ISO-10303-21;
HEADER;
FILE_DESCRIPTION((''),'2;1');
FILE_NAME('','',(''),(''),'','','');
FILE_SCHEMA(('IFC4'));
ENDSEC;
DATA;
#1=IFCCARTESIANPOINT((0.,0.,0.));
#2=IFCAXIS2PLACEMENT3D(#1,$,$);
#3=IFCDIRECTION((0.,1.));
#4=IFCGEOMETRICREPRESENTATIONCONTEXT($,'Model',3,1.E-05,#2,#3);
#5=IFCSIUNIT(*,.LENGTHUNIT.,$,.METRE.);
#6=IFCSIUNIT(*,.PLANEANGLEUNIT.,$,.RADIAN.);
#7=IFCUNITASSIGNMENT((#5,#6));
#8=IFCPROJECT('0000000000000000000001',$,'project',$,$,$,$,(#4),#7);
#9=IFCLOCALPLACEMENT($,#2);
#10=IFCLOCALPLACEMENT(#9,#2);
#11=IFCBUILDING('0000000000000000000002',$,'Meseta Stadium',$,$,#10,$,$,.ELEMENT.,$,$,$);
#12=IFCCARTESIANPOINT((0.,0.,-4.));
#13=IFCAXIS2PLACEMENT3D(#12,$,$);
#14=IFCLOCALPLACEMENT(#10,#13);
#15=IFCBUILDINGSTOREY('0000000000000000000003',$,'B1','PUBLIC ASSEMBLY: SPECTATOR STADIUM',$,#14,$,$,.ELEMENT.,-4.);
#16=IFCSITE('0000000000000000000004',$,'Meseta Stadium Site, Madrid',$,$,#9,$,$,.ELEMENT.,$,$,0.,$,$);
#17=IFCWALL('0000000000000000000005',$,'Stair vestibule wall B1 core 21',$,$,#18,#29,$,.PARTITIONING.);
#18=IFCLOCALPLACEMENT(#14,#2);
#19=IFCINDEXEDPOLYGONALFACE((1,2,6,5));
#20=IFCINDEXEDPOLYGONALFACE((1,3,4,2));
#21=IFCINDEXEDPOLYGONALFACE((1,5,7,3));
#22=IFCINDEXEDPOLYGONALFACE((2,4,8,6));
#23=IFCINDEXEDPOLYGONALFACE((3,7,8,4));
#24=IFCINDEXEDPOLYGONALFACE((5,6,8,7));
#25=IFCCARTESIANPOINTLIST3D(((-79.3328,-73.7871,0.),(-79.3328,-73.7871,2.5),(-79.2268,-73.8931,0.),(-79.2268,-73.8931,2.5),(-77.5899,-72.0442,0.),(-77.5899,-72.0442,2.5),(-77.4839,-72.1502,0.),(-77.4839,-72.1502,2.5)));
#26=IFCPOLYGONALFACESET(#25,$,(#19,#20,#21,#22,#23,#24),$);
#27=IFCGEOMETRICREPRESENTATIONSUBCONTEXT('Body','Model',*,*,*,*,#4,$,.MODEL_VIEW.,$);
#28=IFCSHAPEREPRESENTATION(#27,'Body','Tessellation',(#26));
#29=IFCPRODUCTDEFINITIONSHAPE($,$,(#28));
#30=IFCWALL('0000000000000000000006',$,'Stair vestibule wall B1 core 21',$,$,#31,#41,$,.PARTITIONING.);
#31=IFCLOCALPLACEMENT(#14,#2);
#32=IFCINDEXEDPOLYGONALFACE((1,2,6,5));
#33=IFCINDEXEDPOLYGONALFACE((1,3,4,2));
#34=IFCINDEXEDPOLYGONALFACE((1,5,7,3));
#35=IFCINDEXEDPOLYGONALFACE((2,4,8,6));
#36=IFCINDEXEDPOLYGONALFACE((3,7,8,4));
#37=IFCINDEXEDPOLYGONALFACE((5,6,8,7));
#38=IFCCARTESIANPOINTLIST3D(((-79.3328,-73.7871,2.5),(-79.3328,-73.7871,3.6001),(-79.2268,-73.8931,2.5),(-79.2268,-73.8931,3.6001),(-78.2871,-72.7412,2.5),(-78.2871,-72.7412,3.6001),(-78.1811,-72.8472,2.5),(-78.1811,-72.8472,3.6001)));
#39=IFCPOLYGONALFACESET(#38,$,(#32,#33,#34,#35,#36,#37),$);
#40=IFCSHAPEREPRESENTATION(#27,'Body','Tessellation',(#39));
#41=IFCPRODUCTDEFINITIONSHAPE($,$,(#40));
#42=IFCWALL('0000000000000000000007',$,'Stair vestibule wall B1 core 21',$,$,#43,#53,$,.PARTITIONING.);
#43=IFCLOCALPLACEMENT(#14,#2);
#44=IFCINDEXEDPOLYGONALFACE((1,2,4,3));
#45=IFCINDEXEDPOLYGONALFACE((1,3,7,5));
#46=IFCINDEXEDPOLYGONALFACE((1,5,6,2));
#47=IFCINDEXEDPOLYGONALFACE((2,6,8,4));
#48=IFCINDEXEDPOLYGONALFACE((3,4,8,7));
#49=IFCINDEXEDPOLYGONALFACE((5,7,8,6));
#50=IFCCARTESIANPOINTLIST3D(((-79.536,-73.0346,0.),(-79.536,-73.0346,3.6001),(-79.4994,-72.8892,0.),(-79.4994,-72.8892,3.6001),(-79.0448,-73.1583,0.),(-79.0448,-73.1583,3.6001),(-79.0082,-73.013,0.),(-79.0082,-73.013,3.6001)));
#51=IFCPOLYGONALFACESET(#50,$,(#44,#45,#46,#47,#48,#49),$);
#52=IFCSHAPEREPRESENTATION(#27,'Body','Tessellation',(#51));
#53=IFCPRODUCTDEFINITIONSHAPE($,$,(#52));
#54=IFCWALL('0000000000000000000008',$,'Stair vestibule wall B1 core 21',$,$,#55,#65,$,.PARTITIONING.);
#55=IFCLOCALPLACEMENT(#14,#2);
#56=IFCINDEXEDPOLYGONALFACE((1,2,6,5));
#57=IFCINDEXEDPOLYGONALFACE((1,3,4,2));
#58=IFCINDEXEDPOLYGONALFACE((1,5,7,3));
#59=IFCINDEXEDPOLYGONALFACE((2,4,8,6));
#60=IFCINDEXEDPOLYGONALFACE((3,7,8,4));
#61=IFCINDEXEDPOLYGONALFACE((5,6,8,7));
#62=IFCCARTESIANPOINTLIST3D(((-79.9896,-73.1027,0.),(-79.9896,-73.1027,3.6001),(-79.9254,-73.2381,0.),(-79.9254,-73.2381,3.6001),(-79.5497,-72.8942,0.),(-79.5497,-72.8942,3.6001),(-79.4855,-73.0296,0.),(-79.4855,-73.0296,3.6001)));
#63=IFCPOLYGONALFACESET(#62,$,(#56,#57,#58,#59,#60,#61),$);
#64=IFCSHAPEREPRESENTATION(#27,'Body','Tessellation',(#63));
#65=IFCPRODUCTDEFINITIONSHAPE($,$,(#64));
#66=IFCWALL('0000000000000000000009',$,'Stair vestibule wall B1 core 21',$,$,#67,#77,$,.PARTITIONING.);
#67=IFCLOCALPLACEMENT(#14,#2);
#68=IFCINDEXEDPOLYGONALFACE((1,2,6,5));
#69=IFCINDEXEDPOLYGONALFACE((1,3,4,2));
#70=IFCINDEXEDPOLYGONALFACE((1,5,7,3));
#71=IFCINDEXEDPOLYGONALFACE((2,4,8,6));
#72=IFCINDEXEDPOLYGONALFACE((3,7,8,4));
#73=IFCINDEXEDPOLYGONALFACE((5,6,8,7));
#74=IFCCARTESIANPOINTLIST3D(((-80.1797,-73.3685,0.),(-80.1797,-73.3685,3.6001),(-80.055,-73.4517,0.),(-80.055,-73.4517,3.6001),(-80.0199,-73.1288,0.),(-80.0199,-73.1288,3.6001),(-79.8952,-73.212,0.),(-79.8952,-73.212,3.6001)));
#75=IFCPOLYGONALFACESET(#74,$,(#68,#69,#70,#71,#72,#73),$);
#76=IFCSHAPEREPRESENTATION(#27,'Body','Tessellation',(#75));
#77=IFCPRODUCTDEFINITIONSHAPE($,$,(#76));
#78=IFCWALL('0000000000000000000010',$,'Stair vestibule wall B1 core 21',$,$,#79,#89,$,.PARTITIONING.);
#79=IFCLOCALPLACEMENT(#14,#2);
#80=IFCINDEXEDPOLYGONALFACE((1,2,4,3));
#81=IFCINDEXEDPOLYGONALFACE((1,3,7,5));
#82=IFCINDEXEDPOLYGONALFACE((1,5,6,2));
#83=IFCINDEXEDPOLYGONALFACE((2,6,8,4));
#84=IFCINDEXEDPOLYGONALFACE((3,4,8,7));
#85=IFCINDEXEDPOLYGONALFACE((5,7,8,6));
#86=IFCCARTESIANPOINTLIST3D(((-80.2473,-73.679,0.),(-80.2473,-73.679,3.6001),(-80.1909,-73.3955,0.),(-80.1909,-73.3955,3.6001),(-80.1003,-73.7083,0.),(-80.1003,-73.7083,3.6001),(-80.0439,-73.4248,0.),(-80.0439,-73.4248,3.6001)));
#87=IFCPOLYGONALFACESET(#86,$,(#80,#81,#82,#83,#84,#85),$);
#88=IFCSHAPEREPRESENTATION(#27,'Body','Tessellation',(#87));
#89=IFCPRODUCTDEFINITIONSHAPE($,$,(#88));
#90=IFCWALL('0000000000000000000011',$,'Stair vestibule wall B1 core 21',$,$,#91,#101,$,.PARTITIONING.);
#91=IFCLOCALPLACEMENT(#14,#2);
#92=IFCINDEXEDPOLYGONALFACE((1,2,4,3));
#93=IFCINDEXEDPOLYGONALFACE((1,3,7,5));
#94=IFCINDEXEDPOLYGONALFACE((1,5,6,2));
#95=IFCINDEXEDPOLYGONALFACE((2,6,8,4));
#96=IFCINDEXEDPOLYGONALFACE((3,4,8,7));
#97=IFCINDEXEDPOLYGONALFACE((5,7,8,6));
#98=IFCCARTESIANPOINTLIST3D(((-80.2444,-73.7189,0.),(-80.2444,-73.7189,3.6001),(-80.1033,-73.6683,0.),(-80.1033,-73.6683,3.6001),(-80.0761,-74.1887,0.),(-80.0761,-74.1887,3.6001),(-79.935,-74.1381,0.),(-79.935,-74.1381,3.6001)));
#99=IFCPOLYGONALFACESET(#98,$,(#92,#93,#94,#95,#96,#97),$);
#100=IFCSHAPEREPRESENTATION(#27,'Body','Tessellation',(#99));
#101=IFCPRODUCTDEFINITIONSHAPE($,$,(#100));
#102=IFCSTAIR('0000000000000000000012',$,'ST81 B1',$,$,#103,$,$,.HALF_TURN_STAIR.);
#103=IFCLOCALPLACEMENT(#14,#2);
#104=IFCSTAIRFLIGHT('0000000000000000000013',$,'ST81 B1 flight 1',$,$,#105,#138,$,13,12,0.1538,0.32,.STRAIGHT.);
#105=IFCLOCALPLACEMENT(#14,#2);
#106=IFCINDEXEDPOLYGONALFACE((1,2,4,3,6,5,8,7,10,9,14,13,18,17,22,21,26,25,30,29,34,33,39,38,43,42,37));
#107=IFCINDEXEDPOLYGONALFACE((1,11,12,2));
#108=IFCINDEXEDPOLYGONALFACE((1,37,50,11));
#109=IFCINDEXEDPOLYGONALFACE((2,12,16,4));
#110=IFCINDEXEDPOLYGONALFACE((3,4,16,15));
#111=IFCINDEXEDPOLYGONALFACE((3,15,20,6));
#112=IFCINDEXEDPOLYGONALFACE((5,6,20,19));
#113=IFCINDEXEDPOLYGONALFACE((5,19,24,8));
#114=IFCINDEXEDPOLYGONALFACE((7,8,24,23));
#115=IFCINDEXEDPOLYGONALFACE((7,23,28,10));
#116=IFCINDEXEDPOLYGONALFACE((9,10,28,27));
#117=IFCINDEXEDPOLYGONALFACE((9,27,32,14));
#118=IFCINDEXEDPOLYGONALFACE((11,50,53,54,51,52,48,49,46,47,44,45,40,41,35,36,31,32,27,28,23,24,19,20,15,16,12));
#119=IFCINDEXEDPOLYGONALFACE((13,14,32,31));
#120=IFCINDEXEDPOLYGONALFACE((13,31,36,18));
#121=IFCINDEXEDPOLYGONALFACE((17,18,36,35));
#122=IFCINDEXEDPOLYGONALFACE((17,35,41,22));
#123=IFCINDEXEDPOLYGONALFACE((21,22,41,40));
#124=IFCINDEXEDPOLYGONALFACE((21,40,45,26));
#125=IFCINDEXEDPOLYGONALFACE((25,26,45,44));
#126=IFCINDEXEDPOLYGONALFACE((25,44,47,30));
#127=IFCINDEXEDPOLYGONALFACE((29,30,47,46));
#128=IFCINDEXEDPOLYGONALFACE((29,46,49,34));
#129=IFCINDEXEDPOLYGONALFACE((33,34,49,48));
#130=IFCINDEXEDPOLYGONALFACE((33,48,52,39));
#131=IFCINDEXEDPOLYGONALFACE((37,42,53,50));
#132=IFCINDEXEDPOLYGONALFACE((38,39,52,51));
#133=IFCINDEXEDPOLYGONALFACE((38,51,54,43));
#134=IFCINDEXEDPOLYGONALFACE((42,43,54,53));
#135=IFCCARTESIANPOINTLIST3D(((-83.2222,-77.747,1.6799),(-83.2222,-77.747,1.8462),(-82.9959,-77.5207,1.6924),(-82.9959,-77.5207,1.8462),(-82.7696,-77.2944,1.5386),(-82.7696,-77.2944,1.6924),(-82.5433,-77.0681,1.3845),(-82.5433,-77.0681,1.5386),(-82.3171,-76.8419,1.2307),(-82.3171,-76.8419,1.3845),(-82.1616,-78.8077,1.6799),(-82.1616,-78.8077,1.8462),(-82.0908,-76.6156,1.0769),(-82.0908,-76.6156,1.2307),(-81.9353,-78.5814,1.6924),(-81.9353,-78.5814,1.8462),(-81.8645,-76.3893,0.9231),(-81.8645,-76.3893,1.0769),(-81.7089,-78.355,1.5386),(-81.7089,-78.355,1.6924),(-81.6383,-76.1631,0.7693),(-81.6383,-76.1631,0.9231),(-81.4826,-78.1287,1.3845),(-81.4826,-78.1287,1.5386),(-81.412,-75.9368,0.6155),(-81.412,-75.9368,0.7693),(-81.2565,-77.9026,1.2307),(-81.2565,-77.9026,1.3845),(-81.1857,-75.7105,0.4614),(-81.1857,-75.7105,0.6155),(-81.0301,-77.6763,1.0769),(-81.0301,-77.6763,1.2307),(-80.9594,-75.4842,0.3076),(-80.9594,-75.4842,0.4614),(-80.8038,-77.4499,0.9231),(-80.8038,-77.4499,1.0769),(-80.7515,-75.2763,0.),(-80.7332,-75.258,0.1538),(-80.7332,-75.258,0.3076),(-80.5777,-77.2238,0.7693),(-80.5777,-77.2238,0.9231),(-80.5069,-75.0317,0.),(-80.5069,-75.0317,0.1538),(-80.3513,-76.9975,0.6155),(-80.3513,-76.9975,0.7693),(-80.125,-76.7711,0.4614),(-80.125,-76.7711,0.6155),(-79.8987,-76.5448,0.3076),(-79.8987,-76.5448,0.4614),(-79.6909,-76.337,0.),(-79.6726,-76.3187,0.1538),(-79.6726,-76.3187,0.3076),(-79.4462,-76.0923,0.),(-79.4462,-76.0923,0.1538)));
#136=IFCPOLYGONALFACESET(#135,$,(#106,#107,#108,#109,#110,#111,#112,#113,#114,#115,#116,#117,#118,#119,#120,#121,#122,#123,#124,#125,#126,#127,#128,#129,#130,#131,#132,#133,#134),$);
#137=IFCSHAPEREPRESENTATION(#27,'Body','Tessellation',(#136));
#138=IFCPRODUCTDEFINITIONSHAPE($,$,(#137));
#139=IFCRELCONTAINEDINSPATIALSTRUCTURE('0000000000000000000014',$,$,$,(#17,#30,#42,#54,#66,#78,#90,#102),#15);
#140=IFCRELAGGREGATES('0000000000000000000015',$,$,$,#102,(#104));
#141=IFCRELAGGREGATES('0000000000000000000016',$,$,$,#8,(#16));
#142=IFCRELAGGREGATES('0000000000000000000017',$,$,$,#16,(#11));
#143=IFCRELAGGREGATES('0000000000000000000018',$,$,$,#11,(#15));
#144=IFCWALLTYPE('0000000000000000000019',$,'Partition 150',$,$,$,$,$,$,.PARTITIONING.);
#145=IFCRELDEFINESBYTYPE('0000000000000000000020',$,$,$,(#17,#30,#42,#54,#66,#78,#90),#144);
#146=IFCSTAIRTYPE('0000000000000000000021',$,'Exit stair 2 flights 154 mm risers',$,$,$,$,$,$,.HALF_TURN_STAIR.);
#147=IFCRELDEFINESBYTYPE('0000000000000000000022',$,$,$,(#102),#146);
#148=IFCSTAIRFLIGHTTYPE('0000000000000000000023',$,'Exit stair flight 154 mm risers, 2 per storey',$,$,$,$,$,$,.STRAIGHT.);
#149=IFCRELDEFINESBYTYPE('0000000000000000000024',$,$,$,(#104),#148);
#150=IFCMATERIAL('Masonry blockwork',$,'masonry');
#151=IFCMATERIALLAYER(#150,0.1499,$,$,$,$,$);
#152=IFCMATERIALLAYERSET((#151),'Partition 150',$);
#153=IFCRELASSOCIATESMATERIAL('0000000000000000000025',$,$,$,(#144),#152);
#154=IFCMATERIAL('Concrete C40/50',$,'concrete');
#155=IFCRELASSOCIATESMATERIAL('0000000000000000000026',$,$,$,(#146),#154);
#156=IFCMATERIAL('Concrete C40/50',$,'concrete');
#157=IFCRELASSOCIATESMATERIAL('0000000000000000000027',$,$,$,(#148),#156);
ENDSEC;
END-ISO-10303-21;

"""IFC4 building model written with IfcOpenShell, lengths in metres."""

from ifc_helpers import new_model, si_unit, direction, frame, frame_2d, origin, place, context, subcontext, project, spatial, polyline, rectangle, outline, extrude, material, layer, layer_set, type_object, element, aggregate, save


model = new_model("IFC4")

# Units and contexts
model_context = context("Model", 3, precision=1e-05, world=origin(), true_north=direction((0.0, 1.0)))
body_context = subcontext(model_context, "Body", "Model", "MODEL_VIEW")
ifc_project = project(units=[si_unit("LENGTHUNIT", "METRE"), si_unit("PLANEANGLEUNIT", "RADIAN")], contexts=[model_context])

# Site, building, storey
site_placement = place(None, origin())
site = spatial("IfcSite", under=ifc_project, at=site_placement, Name="Meseta Stadium Site, Madrid", CompositionType="ELEMENT", RefElevation=0.0)
building_placement = place(site_placement, origin())
building = spatial("IfcBuilding", under=site, at=building_placement, Name="Meseta Stadium", CompositionType="ELEMENT")
storey_placement = place(building_placement, frame((0.0, 0.0, -4.0)))
storey = spatial("IfcBuildingStorey", under=building, at=storey_placement, Name="B1", Description="PUBLIC ASSEMBLY: SPECTATOR STADIUM", CompositionType="ELEMENT", Elevation=-4.0)

# Walls
ifc_material_1 = material(Name="Masonry blockwork", Category="masonry")
ifc_layer_1 = layer(ifc_material_1, 0.1499)
ifc_layer_set_1 = layer_set([ifc_layer_1], Name="Partition 150")
wall_type_1 = type_object("IfcWallType", Name="Partition 150", PredefinedType="PARTITIONING", material=ifc_layer_set_1)
wall_1_placement = place(storey_placement, frame((-77.5369, -72.0972, 0.0), z_axis=(0.0, 0.0, 1.0), x_axis=(-0.707107, -0.707107, 0.0)))
element("IfcWall", 1, at=wall_1_placement, inside=storey, type_object=wall_type_1, Name="Stair vestibule wall B1 core 21", PredefinedType="PARTITIONING", context=body_context, shape_type="SweptSolid", body=[
    extrude(rectangle(XDim=2.4648, YDim=0.1499, at=frame_2d((1.2324, 0.0))), origin(), (0.0, 0.0, 1.0), 2.5),
])
wall_2_placement = place(storey_placement, frame((-78.2341, -72.7942, 2.5), z_axis=(0.0, 0.0, 1.0), x_axis=(-0.707024, -0.707189, 0.0)))
element("IfcWall", 2, at=wall_2_placement, inside=storey, type_object=wall_type_1, Name="Stair vestibule wall B1 core 21", PredefinedType="PARTITIONING", context=body_context, shape_type="SweptSolid", body=[
    extrude(rectangle(XDim=1.479, YDim=0.1499, at=frame_2d((0.7395, 0.0))), origin(), (0.0, 0.0, 1.0), 1.1001),
])
wall_3_placement = place(storey_placement, frame((-79.0264, -73.0857, 0.0), z_axis=(0.0, 0.0, 1.0), x_axis=(-0.969687, 0.24435, 0.0)))
element("IfcWall", 3, at=wall_3_placement, inside=storey, type_object=wall_type_1, Name="Stair vestibule wall B1 core 21", PredefinedType="PARTITIONING", context=body_context, shape_type="SweptSolid", body=[
    extrude(rectangle(XDim=0.5066, YDim=0.1499, at=frame_2d((0.2534, 0.0))), origin(), (0.0, 0.0, 1.0), 3.6001),
])
wall_4_placement = place(storey_placement, frame((-79.5176, -72.9619, 0.0), z_axis=(0.0, 0.0, 1.0), x_axis=(-0.903656, -0.428259, 0.0)))
element("IfcWall", 4, at=wall_4_placement, inside=storey, type_object=wall_type_1, Name="Stair vestibule wall B1 core 21", PredefinedType="PARTITIONING", context=body_context, shape_type="SweptSolid", body=[
    extrude(rectangle(XDim=0.4868, YDim=0.1499, at=frame_2d((0.2434, 0.0))), origin(), (0.0, 0.0, 1.0), 3.6001),
])
wall_5_placement = place(storey_placement, frame((-79.9575, -73.1704, 0.0), z_axis=(0.0, 0.0, 1.0), x_axis=(-0.554896, -0.83192, 0.0)))
element("IfcWall", 5, at=wall_5_placement, inside=storey, type_object=wall_type_1, Name="Stair vestibule wall B1 core 21", PredefinedType="PARTITIONING", context=body_context, shape_type="SweptSolid", body=[
    extrude(rectangle(XDim=0.2881, YDim=0.1499, at=frame_2d((0.144, 0.0))), origin(), (0.0, 0.0, 1.0), 3.6001),
])
wall_6_placement = place(storey_placement, frame((-80.1174, -73.4102, 0.0), z_axis=(0.0, 0.0, 1.0), x_axis=(-0.195141, -0.980775, 0.0)))
element("IfcWall", 6, at=wall_6_placement, inside=storey, type_object=wall_type_1, Name="Stair vestibule wall B1 core 21", PredefinedType="PARTITIONING", context=body_context, shape_type="SweptSolid", body=[
    extrude(rectangle(XDim=0.2891, YDim=0.1499, at=frame_2d((0.1445, 0.0))), origin(), (0.0, 0.0, 1.0), 3.6001),
])
wall_7_placement = place(storey_placement, frame((-80.1738, -73.6936, 0.0), z_axis=(0.0, 0.0, 1.0), x_axis=(0.337142, -0.941454, 0.0)))
element("IfcWall", 7, at=wall_7_placement, inside=storey, type_object=wall_type_1, Name="Stair vestibule wall B1 core 21", PredefinedType="PARTITIONING", context=body_context, shape_type="SweptSolid", body=[
    extrude(rectangle(XDim=0.499, YDim=0.1499, at=frame_2d((0.2495, 0.0))), origin(), (0.0, 0.0, 1.0), 3.6001),
])

# Stair, stair flight
ifc_material_2 = material(Name="Concrete C40/50", Category="concrete")
stair_type = type_object("IfcStairType", Name="Exit stair 2 flights 154 mm risers", PredefinedType="HALF_TURN_STAIR", material=ifc_material_2)
stair_placement = place(storey_placement, origin())
stair = element("IfcStair", 8, at=stair_placement, inside=storey, type_object=stair_type, Name="ST81 B1", PredefinedType="HALF_TURN_STAIR")
ifc_material_3 = material(Name="Concrete C40/50", Category="concrete")
stair_flight_type = type_object("IfcStairFlightType", Name="Exit stair flight 154 mm risers, 2 per storey", PredefinedType="STRAIGHT", material=ifc_material_3)
stair_flight_placement = place(storey_placement, frame((-79.9766, -75.562, 0.0), z_axis=(0.0, 0.0, 1.0), x_axis=(-0.707107, -0.707107, 0.0)))
stair_flight = element("IfcStairFlight", 9, at=stair_flight_placement, type_object=stair_flight_type, Name="ST81 B1 flight 1", NumberOfRisers=13, NumberOfTreads=12, PredefinedType="STRAIGHT", RiserHeight=0.1538, TreadLength=0.32, context=body_context, shape_type="SweptSolid", body=[
    extrude(outline(polyline([(0.0, 0.0), (0.0, 0.1538), (0.3201, 0.1538), (0.3201, 0.3076), (0.6399, 0.3076), (0.6399, 0.4614), (0.96, 0.4614), (0.96, 0.6155), (1.28, 0.6155), (1.28, 0.7693), (1.6001, 0.7693), (1.6001, 0.9231), (1.9199, 0.9231), (1.9199, 1.0769), (2.24, 1.0769), (2.24, 1.2307), (2.5601, 1.2307), (2.5601, 1.3845), (2.8799, 1.3845), (2.8799, 1.5386), (3.2, 1.5386), (3.2, 1.6924), (3.52, 1.6924), (3.52, 1.8462), (3.8401, 1.8462), (3.8401, 1.6799), (0.3459, 0.0), (0.0, 0.0)])), frame((0.0, 0.75, 0.0), z_axis=(0.0, -1.0, 0.0), x_axis=(1.0, 0.0, 0.0)), (0.0, 0.0, 1.0), 1.5),
])
aggregate(stair, [stair_flight])

save(model, "model.ifc")
